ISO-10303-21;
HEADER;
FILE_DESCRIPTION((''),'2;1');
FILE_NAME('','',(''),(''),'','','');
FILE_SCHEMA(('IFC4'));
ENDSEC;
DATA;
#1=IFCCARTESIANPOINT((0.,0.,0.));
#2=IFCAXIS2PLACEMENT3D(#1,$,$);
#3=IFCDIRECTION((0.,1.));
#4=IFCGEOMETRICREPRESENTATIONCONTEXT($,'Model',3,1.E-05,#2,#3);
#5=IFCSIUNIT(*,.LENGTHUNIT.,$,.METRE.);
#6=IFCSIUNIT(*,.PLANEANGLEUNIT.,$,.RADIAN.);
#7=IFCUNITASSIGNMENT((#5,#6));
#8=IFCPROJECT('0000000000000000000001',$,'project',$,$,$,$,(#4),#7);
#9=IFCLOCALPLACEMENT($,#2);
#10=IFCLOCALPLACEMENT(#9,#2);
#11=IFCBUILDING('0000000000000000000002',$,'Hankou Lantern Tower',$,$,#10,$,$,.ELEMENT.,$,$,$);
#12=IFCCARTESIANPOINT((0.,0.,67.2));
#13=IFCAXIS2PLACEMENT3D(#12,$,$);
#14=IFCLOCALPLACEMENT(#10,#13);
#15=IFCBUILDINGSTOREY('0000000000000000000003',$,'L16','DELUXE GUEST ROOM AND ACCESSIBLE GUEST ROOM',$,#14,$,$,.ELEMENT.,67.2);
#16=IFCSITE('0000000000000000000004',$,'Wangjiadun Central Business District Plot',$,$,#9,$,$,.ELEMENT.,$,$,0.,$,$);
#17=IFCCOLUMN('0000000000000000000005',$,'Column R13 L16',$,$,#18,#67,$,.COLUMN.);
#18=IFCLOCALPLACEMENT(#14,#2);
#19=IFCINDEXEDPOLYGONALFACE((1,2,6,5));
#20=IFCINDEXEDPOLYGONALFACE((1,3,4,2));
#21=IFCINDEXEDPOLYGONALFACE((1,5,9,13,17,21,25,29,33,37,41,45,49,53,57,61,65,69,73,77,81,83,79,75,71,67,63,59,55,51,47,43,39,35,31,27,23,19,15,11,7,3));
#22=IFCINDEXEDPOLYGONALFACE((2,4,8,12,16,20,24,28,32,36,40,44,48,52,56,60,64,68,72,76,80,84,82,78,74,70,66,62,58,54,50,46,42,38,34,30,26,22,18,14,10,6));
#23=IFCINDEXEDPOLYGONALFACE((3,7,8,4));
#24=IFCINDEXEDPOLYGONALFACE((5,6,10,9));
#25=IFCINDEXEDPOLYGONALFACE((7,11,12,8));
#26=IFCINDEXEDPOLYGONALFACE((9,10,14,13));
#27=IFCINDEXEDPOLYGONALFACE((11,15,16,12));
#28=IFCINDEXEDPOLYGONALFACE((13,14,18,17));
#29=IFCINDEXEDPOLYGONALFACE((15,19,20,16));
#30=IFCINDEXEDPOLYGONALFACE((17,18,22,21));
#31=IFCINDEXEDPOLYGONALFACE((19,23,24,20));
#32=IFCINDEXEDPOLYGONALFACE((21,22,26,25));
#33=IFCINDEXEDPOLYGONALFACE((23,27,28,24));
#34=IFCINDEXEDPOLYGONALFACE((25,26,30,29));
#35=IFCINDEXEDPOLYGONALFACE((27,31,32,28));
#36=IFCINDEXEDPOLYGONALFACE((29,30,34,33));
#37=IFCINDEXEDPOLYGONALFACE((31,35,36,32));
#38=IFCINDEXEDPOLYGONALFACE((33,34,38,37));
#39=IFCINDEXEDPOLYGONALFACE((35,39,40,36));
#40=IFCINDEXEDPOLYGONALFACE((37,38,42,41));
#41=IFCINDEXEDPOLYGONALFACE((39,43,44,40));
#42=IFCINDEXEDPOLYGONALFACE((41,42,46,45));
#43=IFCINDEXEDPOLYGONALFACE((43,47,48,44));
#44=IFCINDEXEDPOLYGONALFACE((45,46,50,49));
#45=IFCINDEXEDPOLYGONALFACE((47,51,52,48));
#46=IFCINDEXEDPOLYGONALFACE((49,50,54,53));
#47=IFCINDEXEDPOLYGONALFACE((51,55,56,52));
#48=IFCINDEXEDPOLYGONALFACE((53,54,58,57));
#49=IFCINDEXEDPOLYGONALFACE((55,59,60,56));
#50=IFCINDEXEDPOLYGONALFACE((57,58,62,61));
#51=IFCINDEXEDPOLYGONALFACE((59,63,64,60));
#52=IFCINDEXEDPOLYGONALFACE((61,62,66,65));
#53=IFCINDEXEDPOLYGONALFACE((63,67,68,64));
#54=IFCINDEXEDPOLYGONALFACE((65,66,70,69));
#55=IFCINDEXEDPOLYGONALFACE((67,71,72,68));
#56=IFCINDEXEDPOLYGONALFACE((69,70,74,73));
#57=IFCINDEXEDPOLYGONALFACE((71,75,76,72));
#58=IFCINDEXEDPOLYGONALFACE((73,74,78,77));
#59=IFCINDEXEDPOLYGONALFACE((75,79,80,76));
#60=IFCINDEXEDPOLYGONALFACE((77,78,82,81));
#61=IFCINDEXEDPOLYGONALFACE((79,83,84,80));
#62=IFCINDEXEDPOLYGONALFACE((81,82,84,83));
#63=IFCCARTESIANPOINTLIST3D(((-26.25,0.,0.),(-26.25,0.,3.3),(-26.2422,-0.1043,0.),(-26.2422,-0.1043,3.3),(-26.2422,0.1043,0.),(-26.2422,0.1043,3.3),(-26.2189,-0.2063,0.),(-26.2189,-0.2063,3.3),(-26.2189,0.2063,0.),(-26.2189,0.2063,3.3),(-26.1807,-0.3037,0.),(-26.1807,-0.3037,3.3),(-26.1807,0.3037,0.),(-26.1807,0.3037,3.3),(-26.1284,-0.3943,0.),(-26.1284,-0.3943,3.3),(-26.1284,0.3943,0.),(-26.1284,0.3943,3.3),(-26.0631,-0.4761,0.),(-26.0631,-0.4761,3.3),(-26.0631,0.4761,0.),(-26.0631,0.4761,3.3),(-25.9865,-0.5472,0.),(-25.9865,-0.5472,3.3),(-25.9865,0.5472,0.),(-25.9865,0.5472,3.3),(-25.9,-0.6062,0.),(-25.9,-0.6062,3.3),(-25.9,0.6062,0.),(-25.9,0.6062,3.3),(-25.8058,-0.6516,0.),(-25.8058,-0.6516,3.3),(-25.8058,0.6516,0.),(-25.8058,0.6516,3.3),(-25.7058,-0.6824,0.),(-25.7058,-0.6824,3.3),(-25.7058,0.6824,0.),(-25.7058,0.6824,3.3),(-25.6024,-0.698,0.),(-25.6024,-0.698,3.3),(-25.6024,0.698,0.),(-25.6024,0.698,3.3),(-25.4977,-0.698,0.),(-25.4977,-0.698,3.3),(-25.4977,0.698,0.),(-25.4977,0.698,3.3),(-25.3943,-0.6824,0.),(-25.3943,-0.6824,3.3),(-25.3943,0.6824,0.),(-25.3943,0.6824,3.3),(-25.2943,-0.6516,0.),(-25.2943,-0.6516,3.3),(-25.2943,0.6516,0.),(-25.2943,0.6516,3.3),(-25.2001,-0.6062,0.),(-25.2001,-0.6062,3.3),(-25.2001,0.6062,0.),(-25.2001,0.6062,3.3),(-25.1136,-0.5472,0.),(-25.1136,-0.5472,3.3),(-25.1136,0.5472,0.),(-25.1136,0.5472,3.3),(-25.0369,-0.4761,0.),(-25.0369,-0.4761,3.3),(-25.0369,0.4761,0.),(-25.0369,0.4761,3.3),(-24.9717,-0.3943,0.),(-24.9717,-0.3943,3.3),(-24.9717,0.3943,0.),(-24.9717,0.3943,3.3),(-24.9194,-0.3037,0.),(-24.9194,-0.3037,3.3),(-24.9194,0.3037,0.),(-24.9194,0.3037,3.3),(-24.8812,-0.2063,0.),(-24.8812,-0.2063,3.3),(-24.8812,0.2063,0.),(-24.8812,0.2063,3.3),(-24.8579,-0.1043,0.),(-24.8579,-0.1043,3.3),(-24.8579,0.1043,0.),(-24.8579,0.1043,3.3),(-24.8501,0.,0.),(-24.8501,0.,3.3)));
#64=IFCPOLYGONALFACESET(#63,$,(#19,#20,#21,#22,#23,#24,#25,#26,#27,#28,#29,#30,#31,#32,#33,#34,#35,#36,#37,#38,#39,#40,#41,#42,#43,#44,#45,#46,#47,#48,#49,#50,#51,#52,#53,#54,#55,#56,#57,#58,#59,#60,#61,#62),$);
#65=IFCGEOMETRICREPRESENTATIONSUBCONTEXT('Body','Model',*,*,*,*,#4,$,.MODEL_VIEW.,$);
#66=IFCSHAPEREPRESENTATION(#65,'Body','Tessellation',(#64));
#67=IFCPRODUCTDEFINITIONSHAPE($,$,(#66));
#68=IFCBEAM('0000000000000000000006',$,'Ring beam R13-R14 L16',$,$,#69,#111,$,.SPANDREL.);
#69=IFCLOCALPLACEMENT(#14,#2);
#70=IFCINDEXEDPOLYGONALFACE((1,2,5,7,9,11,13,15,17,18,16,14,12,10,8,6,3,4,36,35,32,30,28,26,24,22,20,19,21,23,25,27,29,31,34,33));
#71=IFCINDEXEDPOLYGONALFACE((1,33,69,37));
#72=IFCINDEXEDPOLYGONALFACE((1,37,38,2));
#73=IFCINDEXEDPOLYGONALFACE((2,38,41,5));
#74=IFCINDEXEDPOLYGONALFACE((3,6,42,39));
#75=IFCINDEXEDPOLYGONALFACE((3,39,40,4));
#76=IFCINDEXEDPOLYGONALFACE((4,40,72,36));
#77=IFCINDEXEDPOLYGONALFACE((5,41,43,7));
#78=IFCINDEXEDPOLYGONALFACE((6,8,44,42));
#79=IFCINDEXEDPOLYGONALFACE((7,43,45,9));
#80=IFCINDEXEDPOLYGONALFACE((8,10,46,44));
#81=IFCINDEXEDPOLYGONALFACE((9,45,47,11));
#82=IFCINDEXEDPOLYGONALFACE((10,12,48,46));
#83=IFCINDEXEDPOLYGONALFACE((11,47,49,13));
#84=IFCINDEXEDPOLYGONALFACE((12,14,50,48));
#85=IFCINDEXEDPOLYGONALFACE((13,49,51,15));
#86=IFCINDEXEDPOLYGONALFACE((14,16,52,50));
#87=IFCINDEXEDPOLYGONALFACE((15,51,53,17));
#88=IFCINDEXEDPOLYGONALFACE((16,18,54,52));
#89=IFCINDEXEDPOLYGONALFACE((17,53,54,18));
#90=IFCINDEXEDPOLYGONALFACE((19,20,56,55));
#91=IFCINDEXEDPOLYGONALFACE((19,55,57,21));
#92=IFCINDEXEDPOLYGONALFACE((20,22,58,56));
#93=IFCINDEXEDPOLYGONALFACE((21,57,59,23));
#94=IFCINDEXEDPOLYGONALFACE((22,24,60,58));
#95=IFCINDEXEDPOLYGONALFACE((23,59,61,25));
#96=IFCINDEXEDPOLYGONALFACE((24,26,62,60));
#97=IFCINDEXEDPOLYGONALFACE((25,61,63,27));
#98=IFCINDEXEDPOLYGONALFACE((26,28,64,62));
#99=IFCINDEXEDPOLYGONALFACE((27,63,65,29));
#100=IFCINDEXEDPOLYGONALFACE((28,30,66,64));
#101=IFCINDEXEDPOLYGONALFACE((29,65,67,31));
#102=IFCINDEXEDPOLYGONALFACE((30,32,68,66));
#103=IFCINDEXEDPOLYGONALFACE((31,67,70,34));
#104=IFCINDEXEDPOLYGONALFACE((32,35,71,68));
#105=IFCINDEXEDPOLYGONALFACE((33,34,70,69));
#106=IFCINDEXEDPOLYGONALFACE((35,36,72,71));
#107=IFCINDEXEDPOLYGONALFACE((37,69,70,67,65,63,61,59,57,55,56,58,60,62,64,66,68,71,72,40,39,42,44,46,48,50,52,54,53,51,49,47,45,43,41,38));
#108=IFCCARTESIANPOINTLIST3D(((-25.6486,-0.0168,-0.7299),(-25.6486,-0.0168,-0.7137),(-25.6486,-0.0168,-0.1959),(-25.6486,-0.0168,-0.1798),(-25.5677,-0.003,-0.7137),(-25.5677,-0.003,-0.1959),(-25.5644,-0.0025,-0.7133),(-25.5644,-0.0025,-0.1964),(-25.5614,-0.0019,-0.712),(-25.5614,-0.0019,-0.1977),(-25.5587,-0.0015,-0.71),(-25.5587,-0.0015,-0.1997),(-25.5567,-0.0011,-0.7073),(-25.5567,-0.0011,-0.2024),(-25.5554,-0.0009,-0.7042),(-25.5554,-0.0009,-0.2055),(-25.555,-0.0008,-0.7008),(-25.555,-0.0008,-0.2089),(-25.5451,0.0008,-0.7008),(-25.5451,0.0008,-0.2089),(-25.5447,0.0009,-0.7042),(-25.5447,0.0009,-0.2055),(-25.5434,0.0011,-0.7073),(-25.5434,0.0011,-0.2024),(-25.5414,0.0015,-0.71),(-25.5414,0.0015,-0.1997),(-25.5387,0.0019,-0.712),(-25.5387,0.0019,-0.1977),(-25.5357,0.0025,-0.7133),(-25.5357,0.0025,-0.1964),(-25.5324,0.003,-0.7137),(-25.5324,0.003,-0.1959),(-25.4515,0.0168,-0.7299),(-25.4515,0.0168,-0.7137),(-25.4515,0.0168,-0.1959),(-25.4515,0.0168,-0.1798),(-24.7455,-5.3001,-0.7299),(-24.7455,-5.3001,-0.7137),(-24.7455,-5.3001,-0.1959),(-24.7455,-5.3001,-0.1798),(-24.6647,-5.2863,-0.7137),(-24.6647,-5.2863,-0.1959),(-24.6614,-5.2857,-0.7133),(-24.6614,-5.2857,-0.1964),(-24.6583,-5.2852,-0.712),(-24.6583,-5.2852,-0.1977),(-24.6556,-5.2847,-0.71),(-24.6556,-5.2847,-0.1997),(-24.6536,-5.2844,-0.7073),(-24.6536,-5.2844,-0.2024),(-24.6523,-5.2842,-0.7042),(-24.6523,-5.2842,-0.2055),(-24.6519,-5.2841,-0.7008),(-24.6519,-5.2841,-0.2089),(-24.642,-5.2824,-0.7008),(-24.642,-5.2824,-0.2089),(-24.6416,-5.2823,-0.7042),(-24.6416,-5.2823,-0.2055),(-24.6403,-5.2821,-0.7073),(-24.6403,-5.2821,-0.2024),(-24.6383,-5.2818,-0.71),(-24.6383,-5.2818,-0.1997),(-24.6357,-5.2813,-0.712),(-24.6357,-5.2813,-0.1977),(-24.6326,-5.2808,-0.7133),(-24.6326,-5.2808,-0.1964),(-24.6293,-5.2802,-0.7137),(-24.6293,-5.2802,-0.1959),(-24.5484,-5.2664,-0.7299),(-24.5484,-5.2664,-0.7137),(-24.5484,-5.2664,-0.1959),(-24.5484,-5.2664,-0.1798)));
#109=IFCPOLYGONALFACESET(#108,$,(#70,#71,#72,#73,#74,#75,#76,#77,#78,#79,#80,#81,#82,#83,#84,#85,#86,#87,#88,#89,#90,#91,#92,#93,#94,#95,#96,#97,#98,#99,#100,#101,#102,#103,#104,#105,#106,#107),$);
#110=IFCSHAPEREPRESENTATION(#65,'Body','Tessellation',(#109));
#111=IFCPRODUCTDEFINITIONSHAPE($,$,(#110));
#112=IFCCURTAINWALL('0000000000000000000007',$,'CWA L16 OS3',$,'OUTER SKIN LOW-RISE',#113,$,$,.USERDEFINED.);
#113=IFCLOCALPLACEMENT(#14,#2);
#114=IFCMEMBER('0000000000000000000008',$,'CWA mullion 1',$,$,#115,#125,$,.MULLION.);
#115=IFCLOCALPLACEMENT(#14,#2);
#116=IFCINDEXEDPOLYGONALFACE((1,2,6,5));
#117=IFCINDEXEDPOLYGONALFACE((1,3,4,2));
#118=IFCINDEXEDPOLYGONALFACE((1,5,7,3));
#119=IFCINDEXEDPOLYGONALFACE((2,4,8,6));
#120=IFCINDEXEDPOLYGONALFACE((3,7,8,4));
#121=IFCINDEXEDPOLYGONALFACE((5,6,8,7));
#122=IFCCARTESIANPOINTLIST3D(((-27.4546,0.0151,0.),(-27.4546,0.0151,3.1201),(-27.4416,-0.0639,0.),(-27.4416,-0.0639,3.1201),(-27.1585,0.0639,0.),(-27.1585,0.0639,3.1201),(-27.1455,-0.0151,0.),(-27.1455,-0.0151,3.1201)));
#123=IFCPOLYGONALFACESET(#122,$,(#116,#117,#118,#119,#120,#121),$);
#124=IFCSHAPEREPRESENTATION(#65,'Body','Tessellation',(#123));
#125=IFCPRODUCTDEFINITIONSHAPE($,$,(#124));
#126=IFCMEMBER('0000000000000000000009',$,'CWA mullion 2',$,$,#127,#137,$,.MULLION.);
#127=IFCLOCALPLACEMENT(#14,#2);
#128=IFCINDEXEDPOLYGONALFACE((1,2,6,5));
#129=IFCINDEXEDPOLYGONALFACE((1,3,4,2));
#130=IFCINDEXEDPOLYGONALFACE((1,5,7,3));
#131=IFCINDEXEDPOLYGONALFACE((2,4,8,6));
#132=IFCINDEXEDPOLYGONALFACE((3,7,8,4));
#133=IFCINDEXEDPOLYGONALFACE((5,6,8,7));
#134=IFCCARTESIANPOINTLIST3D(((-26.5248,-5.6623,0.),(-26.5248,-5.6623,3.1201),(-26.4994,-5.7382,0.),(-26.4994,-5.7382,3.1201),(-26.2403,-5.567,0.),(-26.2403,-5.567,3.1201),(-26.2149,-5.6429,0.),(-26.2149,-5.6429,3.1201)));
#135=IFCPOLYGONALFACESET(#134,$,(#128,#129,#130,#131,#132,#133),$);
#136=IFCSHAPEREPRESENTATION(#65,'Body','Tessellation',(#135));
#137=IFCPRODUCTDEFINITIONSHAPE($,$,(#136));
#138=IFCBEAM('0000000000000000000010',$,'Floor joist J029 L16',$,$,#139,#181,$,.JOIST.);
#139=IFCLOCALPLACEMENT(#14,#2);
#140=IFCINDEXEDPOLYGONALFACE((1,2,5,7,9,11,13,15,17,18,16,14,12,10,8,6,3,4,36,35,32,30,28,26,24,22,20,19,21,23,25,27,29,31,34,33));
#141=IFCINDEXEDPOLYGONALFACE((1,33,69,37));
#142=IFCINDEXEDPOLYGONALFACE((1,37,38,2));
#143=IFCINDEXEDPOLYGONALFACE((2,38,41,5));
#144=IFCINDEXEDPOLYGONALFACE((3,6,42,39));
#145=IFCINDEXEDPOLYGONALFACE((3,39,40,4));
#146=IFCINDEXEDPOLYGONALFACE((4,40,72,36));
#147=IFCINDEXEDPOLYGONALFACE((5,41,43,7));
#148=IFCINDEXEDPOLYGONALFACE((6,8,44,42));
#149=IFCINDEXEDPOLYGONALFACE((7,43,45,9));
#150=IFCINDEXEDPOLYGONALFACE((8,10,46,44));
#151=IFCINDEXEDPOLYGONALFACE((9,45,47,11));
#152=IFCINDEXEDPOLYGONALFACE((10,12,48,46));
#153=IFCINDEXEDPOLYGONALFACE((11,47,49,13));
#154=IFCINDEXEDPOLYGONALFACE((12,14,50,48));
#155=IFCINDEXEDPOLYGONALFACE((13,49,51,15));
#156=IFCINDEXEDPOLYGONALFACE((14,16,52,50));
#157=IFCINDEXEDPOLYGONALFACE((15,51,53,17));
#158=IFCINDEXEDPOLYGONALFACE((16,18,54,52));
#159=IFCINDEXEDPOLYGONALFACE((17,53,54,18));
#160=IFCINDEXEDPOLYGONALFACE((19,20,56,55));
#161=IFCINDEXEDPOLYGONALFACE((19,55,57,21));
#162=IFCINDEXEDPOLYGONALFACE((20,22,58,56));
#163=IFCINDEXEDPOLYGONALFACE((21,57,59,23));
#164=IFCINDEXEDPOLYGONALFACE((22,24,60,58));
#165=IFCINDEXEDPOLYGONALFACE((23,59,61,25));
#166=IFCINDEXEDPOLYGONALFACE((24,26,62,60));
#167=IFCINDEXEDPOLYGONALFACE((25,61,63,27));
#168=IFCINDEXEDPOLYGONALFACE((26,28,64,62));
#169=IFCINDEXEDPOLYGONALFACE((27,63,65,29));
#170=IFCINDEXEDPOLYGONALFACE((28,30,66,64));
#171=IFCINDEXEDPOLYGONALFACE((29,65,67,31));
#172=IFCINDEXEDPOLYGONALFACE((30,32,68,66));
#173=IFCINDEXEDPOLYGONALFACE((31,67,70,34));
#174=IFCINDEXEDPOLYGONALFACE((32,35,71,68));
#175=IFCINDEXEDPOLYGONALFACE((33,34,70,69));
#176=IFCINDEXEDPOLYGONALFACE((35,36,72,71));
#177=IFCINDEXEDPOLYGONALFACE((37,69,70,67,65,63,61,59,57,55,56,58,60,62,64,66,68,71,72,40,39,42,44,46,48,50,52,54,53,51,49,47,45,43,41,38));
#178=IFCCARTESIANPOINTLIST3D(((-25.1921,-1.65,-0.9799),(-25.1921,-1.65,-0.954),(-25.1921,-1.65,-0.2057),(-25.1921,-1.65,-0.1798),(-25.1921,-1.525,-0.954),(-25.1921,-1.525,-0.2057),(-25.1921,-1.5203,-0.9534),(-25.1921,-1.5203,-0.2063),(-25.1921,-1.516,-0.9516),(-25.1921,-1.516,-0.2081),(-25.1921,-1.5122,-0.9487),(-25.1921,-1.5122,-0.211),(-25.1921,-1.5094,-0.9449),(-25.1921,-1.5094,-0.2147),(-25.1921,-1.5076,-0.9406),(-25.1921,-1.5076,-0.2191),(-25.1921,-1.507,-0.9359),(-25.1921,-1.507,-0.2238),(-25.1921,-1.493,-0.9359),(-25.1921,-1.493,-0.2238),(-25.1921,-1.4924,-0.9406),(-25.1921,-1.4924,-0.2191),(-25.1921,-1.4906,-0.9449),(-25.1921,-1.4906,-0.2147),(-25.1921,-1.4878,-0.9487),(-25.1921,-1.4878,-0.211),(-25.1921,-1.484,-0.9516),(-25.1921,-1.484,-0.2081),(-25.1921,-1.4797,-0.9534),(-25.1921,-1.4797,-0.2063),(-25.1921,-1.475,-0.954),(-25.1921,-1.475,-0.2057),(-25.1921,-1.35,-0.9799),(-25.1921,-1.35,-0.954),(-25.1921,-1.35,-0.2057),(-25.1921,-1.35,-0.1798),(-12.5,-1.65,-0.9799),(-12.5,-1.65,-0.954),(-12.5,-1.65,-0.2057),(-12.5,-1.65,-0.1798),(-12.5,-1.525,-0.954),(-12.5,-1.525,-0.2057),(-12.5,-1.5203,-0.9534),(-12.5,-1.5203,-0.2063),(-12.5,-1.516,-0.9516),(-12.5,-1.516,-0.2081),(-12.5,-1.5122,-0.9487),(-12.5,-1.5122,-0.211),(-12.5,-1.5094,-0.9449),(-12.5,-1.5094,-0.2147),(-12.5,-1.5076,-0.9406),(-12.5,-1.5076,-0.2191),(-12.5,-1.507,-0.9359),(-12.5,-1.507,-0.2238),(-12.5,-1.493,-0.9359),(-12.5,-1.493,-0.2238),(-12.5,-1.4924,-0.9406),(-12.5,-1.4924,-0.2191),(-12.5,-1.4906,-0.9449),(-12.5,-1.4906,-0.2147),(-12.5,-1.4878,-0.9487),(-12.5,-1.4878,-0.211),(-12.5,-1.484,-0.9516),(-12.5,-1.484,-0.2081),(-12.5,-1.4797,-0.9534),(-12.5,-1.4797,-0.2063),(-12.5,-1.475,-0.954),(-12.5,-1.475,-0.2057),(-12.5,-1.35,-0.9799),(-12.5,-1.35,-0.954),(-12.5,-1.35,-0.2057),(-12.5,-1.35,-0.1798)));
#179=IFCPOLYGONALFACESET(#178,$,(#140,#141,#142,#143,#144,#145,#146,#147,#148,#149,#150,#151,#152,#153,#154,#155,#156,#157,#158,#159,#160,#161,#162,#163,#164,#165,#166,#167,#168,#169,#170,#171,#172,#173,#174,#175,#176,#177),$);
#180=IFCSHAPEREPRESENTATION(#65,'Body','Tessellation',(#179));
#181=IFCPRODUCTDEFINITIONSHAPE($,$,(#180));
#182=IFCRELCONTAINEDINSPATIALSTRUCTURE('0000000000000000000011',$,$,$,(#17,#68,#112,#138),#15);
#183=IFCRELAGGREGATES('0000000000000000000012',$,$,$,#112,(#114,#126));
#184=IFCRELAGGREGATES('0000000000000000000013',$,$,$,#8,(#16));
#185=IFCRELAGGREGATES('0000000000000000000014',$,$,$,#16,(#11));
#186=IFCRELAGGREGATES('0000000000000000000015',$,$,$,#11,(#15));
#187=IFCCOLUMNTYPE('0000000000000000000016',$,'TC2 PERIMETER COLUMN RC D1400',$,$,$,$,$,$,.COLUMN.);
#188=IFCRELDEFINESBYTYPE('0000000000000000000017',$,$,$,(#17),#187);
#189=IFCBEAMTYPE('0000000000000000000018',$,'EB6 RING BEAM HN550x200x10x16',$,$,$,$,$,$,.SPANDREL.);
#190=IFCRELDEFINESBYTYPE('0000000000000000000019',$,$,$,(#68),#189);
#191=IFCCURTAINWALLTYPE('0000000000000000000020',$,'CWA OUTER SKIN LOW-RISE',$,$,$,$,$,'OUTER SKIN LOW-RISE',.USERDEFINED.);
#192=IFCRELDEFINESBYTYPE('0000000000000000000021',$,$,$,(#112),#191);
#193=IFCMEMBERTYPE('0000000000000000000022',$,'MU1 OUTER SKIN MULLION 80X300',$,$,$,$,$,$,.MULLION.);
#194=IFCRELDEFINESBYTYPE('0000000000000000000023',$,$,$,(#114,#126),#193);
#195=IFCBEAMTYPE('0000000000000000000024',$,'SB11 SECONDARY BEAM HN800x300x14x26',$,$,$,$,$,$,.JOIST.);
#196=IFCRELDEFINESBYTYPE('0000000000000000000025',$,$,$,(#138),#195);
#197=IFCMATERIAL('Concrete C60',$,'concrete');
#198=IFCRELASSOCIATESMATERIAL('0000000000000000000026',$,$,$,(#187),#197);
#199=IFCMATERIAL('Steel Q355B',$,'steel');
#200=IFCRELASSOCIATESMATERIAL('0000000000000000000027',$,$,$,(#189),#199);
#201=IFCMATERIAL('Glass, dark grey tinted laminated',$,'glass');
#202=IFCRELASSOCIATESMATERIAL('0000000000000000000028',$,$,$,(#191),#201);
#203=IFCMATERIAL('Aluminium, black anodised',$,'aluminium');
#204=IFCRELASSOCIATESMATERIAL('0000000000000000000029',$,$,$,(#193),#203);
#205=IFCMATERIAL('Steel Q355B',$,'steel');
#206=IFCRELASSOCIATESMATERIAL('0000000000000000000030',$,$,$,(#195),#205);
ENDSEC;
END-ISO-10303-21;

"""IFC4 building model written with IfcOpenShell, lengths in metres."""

from ifc_helpers import new_model, si_unit, direction, frame, origin, origin_2d, place, context, subcontext, project, spatial, rectangle, circle, i_section, extrude, material, material_profile, profile_set, type_object, element, aggregate, save


model = new_model("IFC4")

# Units and contexts
model_context = context("Model", 3, precision=1e-05, world=origin(), true_north=direction((0.0, 1.0)))
body_context = subcontext(model_context, "Body", "Model", "MODEL_VIEW")
ifc_project = project(units=[si_unit("LENGTHUNIT", "METRE"), si_unit("PLANEANGLEUNIT", "RADIAN")], contexts=[model_context])

# Site, building, storey
site_placement = place(None, origin())
site = spatial("IfcSite", under=ifc_project, at=site_placement, Name="Wangjiadun Central Business District Plot", CompositionType="ELEMENT", RefElevation=0.0)
building_placement = place(site_placement, origin())
building = spatial("IfcBuilding", under=site, at=building_placement, Name="Hankou Lantern Tower", CompositionType="ELEMENT")
storey_placement = place(building_placement, frame((0.0, 0.0, 67.2)))
storey = spatial("IfcBuildingStorey", under=building, at=storey_placement, Name="L16", Description="DELUXE GUEST ROOM AND ACCESSIBLE GUEST ROOM", CompositionType="ELEMENT", Elevation=67.2)

# Column
ifc_material_1 = material(Name="Concrete C60", Category="concrete")
ifc_material_profile_1 = material_profile(ifc_material_1, circle(Radius=0.7, at=origin_2d()), Name="RC D1400")
ifc_profile_set_1 = profile_set([ifc_material_profile_1], Name="Concrete C60")
column_type = type_object("IfcColumnType", Name="TC2 PERIMETER COLUMN RC D1400", PredefinedType="COLUMN", material=ifc_profile_set_1)
column_placement = place(storey_placement, frame((-25.55, 0.0, 0.0), z_axis=(0.0, 0.0, 1.0), x_axis=(1.0, 0.0, 0.0)))
element("IfcColumn", 1, at=column_placement, inside=storey, type_object=column_type, Name="Column R13 L16", PredefinedType="COLUMN", context=body_context, shape_type="SweptSolid", body=[
    extrude(circle(Radius=0.7, at=origin_2d()), origin(), (0.0, 0.0, 1.0), 3.3),
])

# Beam
ifc_material_2 = material(Name="Steel Q355B", Category="steel")
ifc_material_profile_2 = material_profile(ifc_material_2, i_section(OverallWidth=0.2, OverallDepth=0.55, WebThickness=0.01, FlangeThickness=0.0161, FilletRadius=0.0129, at=origin_2d()), Name="HN550x200x10x16")
ifc_profile_set_2 = profile_set([ifc_material_profile_2], Name="Steel Q355B")
beam_type_1 = type_object("IfcBeamType", Name="EB6 RING BEAM HN550x200x10x16", PredefinedType="SPANDREL", material=ifc_profile_set_2)
beam_placement = place(storey_placement, frame((-25.55, 0.0, -0.4548), z_axis=(0.16849, -0.985703, 0.0), x_axis=(0.985703, 0.16849, 0.0)))
element("IfcBeam", 2, at=beam_placement, inside=storey, type_object=beam_type_1, Name="Ring beam R13-R14 L16", PredefinedType="SPANDREL", context=body_context, shape_type="SweptSolid", body=[
    extrude(i_section(OverallWidth=0.2, OverallDepth=0.55, WebThickness=0.01, FlangeThickness=0.0161, FilletRadius=0.0129, at=origin_2d()), origin(), (0.0, 0.0, 1.0), 5.3599),
])

# Curtain wall, members
ifc_material_3 = material(Name="Glass, dark grey tinted laminated", Category="glass")
curtain_wall_type = type_object("IfcCurtainWallType", Name="CWA OUTER SKIN LOW-RISE", ElementType="OUTER SKIN LOW-RISE", PredefinedType="USERDEFINED", material=ifc_material_3)
curtain_wall_1_placement = place(storey_placement, origin())
curtain_wall_1 = element("IfcCurtainWall", 3, at=curtain_wall_1_placement, inside=storey, type_object=curtain_wall_type, Name="CWA L16 OS3", ObjectType="OUTER SKIN LOW-RISE", PredefinedType="USERDEFINED")
ifc_material_4 = material(Name="Aluminium, black anodised", Category="aluminium")
ifc_material_profile_3 = material_profile(ifc_material_4, rectangle(XDim=0.0801, YDim=0.3, at=origin_2d()), Name="MU1 80X300")
ifc_profile_set_3 = profile_set([ifc_material_profile_3], Name="Aluminium, black anodised")
member_type_1 = type_object("IfcMemberType", Name="MU1 OUTER SKIN MULLION 80X300", PredefinedType="MULLION", material=ifc_profile_set_3)
member_1_placement = place(storey_placement, frame((-27.3, 0.0, 0.0), z_axis=(0.0, 0.0, 1.0), x_axis=(0.162382, -0.986728, 0.0)))
member_1 = element("IfcMember", 4, at=member_1_placement, type_object=member_type_1, Name="CWA mullion 1", PredefinedType="MULLION", context=body_context, shape_type="SweptSolid", body=[
    extrude(rectangle(XDim=0.0801, YDim=0.3, at=origin_2d()), origin(), (0.0, 0.0, 1.0), 3.1201),
])
member_2_placement = place(storey_placement, frame((-26.3699, -5.6526, 0.0), z_axis=(0.0, 0.0, 1.0), x_axis=(0.317596, -0.948226, 0.0)))
member_2 = element("IfcMember", 5, at=member_2_placement, type_object=member_type_1, Name="CWA mullion 2", PredefinedType="MULLION", context=body_context, shape_type="SweptSolid", body=[
    extrude(rectangle(XDim=0.0801, YDim=0.3, at=origin_2d()), origin(), (0.0, 0.0, 1.0), 3.1201),
])

# Beam
ifc_material_5 = material(Name="Steel Q355B", Category="steel")
ifc_material_profile_4 = material_profile(ifc_material_5, i_section(OverallWidth=0.3, OverallDepth=0.8, WebThickness=0.0139, FlangeThickness=0.0259, FilletRadius=0.0181, at=origin_2d()), Name="HN800x300x14x26")
ifc_profile_set_4 = profile_set([ifc_material_profile_4], Name="Steel Q355B")
beam_type_2 = type_object("IfcBeamType", Name="SB11 SECONDARY BEAM HN800x300x14x26", PredefinedType="JOIST", material=ifc_profile_set_4)
for number, where, z_axis, x_axis, name in (
    (6, (-25.1921, -1.5, -0.5798), (1.0, 0.0, 0.0), (0.0, 1.0, 0.0), "Floor joist J029 L16"),
):
    element("IfcBeam", number, at=place(storey_placement, frame(where, z_axis=z_axis, x_axis=x_axis)), inside=storey, type_object=beam_type_2, Name=name, PredefinedType="JOIST", context=body_context, shape_type="SweptSolid", body=[
        extrude(i_section(OverallWidth=0.3, OverallDepth=0.8, WebThickness=0.0139, FlangeThickness=0.0259, FilletRadius=0.0181, at=origin_2d()), origin(), (0.0, 0.0, 1.0), 12.6921),
    ])

aggregate(curtain_wall_1, [member_1, member_2])

save(model, "model.ifc")
